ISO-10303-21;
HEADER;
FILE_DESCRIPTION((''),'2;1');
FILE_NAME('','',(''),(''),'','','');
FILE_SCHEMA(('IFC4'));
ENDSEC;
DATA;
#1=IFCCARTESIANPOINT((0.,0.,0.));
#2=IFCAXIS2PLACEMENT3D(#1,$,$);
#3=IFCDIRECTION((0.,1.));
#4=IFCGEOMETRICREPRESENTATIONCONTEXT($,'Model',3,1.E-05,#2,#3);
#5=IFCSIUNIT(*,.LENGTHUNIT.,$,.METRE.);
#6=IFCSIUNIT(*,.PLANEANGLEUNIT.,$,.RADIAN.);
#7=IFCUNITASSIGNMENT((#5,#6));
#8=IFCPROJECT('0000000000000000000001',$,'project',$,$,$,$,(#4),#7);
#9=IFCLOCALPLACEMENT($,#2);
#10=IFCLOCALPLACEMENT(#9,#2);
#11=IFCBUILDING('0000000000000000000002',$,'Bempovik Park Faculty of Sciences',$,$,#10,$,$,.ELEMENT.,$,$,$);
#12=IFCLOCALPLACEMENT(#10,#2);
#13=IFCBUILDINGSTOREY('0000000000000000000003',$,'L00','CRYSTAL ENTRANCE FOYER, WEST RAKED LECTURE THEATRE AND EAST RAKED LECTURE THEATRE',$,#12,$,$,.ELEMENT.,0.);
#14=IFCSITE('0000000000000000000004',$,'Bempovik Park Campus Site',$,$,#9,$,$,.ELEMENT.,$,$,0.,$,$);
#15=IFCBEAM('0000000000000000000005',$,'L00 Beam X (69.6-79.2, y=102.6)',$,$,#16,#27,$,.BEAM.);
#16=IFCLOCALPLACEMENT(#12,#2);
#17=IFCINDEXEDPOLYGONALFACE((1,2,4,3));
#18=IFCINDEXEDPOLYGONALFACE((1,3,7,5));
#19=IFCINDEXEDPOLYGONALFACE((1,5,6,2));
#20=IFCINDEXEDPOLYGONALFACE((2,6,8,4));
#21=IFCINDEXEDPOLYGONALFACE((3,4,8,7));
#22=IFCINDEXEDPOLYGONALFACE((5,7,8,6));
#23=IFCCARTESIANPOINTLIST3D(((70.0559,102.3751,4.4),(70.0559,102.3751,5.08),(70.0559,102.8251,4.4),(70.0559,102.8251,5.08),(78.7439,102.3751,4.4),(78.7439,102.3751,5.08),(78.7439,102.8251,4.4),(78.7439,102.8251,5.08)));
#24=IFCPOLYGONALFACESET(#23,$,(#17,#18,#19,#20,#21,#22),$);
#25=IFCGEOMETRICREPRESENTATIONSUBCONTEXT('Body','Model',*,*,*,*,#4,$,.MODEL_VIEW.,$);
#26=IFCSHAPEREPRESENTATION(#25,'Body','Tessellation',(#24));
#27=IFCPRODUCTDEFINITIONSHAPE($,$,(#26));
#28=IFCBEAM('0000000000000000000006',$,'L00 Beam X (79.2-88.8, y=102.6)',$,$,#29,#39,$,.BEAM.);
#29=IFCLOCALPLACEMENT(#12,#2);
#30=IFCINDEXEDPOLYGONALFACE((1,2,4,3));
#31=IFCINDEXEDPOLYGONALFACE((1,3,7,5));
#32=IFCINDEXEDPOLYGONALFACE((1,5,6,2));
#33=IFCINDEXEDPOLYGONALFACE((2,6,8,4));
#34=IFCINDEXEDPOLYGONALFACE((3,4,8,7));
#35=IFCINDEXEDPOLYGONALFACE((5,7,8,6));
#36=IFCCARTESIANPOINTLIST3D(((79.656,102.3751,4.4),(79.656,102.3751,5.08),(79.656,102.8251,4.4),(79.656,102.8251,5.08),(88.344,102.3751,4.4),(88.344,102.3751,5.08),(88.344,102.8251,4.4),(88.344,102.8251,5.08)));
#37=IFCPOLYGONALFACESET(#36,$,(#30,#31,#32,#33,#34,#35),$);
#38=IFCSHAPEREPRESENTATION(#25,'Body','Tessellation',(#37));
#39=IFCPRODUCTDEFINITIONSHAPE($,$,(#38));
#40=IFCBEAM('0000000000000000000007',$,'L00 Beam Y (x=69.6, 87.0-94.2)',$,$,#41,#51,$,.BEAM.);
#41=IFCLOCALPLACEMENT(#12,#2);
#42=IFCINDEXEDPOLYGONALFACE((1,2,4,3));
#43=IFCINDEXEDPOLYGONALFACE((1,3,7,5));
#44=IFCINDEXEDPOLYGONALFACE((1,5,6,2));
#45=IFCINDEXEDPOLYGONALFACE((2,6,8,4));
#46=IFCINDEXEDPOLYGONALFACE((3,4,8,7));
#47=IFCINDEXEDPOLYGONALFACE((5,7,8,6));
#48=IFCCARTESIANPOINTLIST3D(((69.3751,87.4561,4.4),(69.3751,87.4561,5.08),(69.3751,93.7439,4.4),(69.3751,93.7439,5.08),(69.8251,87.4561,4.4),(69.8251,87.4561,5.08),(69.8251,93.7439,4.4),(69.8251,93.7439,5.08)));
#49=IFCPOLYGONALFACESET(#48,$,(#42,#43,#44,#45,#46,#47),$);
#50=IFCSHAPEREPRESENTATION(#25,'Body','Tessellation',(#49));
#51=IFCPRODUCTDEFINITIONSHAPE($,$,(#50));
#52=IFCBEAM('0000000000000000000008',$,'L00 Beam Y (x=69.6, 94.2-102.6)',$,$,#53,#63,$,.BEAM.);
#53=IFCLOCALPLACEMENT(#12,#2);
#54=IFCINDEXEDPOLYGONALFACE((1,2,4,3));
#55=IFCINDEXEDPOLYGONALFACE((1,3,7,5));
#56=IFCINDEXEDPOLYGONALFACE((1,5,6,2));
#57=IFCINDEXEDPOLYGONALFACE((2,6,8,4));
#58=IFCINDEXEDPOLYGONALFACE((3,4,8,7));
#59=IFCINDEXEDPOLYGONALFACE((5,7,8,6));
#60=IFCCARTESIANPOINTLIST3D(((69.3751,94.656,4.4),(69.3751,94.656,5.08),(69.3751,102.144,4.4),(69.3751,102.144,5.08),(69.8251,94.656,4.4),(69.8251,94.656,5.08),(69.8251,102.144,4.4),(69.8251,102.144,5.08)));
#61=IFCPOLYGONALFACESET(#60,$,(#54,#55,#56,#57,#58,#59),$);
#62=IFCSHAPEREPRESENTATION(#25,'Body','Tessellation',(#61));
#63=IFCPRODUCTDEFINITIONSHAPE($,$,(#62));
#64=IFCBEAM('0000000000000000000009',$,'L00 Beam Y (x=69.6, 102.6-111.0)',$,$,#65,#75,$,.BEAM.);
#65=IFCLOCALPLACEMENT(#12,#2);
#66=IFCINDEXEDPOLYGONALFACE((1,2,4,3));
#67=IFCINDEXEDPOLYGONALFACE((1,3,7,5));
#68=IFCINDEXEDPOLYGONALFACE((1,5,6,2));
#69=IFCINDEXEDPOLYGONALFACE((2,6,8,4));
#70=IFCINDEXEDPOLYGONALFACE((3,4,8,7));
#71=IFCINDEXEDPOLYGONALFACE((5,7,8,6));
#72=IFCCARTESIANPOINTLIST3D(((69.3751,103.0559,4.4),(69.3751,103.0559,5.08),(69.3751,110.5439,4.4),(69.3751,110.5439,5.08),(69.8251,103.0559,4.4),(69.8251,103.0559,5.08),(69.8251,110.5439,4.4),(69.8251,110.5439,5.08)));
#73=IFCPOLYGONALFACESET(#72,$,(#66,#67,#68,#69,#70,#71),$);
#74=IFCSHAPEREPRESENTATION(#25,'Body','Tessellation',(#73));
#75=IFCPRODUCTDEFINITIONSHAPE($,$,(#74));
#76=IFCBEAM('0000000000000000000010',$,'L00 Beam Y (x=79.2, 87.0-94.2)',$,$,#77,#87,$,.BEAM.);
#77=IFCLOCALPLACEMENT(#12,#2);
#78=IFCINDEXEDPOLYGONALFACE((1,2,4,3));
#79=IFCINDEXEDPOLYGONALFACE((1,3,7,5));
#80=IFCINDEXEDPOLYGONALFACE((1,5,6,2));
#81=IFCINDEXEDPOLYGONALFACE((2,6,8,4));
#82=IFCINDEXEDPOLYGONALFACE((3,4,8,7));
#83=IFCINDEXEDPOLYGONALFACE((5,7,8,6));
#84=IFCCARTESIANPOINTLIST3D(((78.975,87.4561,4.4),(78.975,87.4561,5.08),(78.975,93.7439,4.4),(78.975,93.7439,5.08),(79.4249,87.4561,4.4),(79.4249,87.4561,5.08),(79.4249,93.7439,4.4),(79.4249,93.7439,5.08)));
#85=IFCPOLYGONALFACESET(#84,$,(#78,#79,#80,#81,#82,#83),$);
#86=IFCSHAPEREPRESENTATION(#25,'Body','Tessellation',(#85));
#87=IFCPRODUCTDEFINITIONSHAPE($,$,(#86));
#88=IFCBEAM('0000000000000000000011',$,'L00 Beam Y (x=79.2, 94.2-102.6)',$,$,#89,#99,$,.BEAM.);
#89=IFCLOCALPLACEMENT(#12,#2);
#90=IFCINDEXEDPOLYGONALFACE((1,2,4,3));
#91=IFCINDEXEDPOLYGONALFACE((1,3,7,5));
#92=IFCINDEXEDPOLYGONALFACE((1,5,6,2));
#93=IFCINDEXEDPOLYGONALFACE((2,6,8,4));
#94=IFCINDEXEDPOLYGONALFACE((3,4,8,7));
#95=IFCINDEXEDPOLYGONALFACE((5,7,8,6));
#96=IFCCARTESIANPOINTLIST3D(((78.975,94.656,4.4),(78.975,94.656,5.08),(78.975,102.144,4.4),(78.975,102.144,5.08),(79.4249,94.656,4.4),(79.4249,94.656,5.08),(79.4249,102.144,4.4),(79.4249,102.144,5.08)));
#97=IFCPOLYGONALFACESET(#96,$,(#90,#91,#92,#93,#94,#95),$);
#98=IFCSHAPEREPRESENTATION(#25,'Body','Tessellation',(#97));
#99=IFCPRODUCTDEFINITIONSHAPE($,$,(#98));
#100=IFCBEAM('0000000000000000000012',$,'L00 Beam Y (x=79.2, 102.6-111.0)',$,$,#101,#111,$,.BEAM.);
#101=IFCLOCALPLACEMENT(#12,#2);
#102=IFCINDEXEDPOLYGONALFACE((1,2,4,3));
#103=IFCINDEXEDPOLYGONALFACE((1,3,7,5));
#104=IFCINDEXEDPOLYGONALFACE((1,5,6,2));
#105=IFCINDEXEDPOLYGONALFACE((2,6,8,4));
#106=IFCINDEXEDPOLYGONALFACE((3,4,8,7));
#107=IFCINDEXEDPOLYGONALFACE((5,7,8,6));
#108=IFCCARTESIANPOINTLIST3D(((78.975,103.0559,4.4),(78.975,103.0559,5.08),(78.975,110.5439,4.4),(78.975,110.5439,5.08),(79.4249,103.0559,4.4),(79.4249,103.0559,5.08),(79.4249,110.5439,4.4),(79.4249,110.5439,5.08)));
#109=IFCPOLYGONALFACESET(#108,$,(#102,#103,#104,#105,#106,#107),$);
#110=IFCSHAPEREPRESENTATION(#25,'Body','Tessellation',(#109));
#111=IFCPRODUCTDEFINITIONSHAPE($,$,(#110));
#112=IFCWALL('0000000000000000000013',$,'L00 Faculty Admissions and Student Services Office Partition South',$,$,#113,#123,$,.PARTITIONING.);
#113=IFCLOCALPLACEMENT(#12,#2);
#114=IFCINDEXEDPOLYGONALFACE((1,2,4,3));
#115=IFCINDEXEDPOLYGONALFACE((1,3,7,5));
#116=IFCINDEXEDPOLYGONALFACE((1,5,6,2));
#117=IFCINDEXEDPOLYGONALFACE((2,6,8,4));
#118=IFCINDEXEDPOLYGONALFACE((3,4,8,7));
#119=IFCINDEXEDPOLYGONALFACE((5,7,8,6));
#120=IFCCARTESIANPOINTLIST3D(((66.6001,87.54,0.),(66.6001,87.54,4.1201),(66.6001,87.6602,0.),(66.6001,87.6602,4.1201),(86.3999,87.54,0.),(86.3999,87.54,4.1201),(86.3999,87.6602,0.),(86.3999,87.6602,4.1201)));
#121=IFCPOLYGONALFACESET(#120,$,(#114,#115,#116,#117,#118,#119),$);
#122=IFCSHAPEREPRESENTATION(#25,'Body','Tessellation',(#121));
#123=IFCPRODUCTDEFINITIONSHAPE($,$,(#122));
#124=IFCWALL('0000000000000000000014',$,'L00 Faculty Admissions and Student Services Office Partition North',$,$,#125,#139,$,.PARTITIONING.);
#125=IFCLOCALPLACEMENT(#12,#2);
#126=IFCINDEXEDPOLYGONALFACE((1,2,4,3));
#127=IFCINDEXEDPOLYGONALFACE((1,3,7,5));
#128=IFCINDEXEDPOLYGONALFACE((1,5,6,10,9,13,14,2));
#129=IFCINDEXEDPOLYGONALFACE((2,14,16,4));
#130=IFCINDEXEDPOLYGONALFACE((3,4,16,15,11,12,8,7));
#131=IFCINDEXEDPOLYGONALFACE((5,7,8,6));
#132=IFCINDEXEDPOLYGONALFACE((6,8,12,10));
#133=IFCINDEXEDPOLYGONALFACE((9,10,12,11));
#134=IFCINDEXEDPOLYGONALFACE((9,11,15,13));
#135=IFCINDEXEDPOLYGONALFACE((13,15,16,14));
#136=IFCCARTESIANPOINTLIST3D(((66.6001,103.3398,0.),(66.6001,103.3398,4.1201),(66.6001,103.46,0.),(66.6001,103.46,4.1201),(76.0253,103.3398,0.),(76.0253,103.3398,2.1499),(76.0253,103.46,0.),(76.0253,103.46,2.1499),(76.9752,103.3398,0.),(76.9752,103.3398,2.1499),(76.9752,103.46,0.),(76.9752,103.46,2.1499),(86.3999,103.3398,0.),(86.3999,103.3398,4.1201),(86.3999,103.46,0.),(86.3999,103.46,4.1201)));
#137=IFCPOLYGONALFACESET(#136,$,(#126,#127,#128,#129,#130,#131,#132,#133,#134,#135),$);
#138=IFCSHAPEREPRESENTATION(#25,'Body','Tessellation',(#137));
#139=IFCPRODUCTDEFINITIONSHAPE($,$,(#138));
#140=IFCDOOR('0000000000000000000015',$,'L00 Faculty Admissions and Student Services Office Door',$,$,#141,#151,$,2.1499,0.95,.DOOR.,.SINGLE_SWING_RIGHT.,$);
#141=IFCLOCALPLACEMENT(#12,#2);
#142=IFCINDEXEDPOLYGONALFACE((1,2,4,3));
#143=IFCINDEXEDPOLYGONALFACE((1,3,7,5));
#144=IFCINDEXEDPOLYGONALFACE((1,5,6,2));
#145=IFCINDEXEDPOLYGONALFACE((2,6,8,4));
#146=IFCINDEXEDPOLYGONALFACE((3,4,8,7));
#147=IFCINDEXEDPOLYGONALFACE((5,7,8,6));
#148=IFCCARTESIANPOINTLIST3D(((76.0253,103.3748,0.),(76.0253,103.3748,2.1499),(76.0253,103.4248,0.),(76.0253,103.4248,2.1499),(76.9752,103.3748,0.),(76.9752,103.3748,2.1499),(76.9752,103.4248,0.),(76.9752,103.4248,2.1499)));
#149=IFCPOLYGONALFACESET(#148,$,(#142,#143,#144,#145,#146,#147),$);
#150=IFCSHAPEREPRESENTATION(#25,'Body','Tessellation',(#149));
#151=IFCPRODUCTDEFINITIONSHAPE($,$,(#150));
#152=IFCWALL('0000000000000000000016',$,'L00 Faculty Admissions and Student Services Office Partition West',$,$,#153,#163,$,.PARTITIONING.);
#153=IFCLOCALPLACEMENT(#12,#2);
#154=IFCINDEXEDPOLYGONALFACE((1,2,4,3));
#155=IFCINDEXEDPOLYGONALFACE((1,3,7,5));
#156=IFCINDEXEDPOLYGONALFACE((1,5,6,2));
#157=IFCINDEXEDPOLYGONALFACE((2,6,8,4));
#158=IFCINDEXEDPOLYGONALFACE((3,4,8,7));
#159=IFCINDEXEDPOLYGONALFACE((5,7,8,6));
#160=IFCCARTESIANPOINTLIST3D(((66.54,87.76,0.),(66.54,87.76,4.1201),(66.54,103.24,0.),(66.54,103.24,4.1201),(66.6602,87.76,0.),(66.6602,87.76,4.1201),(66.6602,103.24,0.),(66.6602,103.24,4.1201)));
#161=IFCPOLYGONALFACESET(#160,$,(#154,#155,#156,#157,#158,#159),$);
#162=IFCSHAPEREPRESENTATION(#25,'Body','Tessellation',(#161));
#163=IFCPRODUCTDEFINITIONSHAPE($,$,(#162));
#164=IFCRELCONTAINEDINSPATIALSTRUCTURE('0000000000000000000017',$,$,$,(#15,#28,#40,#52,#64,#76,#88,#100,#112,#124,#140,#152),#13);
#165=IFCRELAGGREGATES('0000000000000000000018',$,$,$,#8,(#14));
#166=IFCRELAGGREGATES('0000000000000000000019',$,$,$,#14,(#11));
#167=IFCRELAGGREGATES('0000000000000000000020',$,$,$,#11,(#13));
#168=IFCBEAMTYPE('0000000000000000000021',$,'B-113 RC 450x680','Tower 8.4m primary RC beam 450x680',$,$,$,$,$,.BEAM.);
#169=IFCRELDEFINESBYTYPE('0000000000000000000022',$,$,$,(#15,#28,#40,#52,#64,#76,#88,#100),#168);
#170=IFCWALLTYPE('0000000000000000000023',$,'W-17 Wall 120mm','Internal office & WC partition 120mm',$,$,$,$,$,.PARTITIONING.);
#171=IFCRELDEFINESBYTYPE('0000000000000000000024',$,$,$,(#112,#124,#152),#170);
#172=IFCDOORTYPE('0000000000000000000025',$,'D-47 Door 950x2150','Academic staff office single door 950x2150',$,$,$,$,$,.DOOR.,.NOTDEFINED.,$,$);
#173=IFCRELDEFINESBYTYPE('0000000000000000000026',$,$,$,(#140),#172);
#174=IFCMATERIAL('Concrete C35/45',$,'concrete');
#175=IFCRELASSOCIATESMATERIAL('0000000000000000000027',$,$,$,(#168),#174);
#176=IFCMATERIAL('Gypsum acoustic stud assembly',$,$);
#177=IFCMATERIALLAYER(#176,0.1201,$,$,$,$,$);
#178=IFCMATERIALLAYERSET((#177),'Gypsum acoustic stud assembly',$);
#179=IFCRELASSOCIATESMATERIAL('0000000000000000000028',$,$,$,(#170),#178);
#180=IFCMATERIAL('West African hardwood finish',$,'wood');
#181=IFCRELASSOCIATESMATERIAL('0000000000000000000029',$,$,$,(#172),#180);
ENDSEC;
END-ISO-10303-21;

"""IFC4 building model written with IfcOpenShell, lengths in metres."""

from ifc_helpers import new_model, si_unit, direction, frame, frame_2d, origin, origin_2d, place, context, subcontext, project, spatial, rectangle, extrude, material, layer, layer_set, material_profile, profile_set, type_object, element, fill, save


model = new_model("IFC4")

# Units and contexts
model_context = context("Model", 3, precision=1e-05, world=origin(), true_north=direction((0.0, 1.0)))
body_context = subcontext(model_context, "Body", "Model", "MODEL_VIEW")
ifc_project = project(units=[si_unit("LENGTHUNIT", "METRE"), si_unit("PLANEANGLEUNIT", "RADIAN")], contexts=[model_context])

# Site, building, storey
site_placement = place(None, origin())
site = spatial("IfcSite", under=ifc_project, at=site_placement, Name="Bempovik Park Campus Site", CompositionType="ELEMENT", RefElevation=0.0)
building_placement = place(site_placement, origin())
building = spatial("IfcBuilding", under=site, at=building_placement, Name="Bempovik Park Faculty of Sciences", CompositionType="ELEMENT")
storey_placement = place(building_placement, origin())
storey = spatial("IfcBuildingStorey", under=building, at=storey_placement, Name="L00", Description="CRYSTAL ENTRANCE FOYER, WEST RAKED LECTURE THEATRE AND EAST RAKED LECTURE THEATRE", CompositionType="ELEMENT", Elevation=0.0)

# Beams
ifc_material_1 = material(Name="Concrete C35/45", Category="concrete")
ifc_material_profile_1 = material_profile(ifc_material_1, rectangle(XDim=0.45, YDim=0.6799, at=origin_2d()), Name="RC 450x680")
ifc_profile_set_1 = profile_set([ifc_material_profile_1], Name="Concrete C35/45")
beam_type_1 = type_object("IfcBeamType", Name="B-113 RC 450x680", Description="Tower 8.4m primary RC beam 450x680", PredefinedType="BEAM", material=ifc_profile_set_1)
for number, where, z_axis, x_axis, name in (
    (1, (70.0559, 102.6001, 4.74), (1.0, 0.0, 0.0), (0.0, 1.0, 0.0), "L00 Beam X (69.6-79.2, y=102.6)"),
    (2, (79.656, 102.6001, 4.74), (1.0, 0.0, 0.0), (0.0, 1.0, 0.0), "L00 Beam X (79.2-88.8, y=102.6)"),
):
    element("IfcBeam", number, at=place(storey_placement, frame(where, z_axis=z_axis, x_axis=x_axis)), inside=storey, type_object=beam_type_1, Name=name, PredefinedType="BEAM", context=body_context, shape_type="SweptSolid", body=[
        extrude(rectangle(XDim=0.45, YDim=0.6799, at=origin_2d()), origin(), (0.0, 0.0, 1.0), 8.688),
    ])
beam_1_placement = place(storey_placement, frame((69.6001, 87.4561, 4.74), z_axis=(0.0, 1.0, 0.0), x_axis=(-1.0, 0.0, 0.0)))
element("IfcBeam", 3, at=beam_1_placement, inside=storey, type_object=beam_type_1, Name="L00 Beam Y (x=69.6, 87.0-94.2)", PredefinedType="BEAM", context=body_context, shape_type="SweptSolid", body=[
    extrude(rectangle(XDim=0.45, YDim=0.6799, at=origin_2d()), origin(), (0.0, 0.0, 1.0), 6.2878),
])
for number, where, z_axis, x_axis, name in (
    (4, (69.6001, 94.656, 4.74), (0.0, 1.0, 0.0), (-1.0, 0.0, 0.0), "L00 Beam Y (x=69.6, 94.2-102.6)"),
    (5, (69.6001, 103.0559, 4.74), (0.0, 1.0, 0.0), (-1.0, 0.0, 0.0), "L00 Beam Y (x=69.6, 102.6-111.0)"),
):
    element("IfcBeam", number, at=place(storey_placement, frame(where, z_axis=z_axis, x_axis=x_axis)), inside=storey, type_object=beam_type_1, Name=name, PredefinedType="BEAM", context=body_context, shape_type="SweptSolid", body=[
        extrude(rectangle(XDim=0.45, YDim=0.6799, at=origin_2d()), origin(), (0.0, 0.0, 1.0), 7.488),
    ])
beam_2_placement = place(storey_placement, frame((79.2, 87.4561, 4.74), z_axis=(0.0, 1.0, 0.0), x_axis=(-1.0, 0.0, 0.0)))
element("IfcBeam", 6, at=beam_2_placement, inside=storey, type_object=beam_type_1, Name="L00 Beam Y (x=79.2, 87.0-94.2)", PredefinedType="BEAM", context=body_context, shape_type="SweptSolid", body=[
    extrude(rectangle(XDim=0.45, YDim=0.6799, at=origin_2d()), origin(), (0.0, 0.0, 1.0), 6.2878),
])
for number, where, z_axis, x_axis, name in (
    (7, (79.2, 94.656, 4.74), (0.0, 1.0, 0.0), (-1.0, 0.0, 0.0), "L00 Beam Y (x=79.2, 94.2-102.6)"),
    (8, (79.2, 103.0559, 4.74), (0.0, 1.0, 0.0), (-1.0, 0.0, 0.0), "L00 Beam Y (x=79.2, 102.6-111.0)"),
):
    element("IfcBeam", number, at=place(storey_placement, frame(where, z_axis=z_axis, x_axis=x_axis)), inside=storey, type_object=beam_type_1, Name=name, PredefinedType="BEAM", context=body_context, shape_type="SweptSolid", body=[
        extrude(rectangle(XDim=0.45, YDim=0.6799, at=origin_2d()), origin(), (0.0, 0.0, 1.0), 7.488),
    ])

# Wall
ifc_material_2 = material(Name="Gypsum acoustic stud assembly")
ifc_layer_1 = layer(ifc_material_2, 0.1201)
ifc_layer_set_1 = layer_set([ifc_layer_1], Name="Gypsum acoustic stud assembly")
wall_type_1 = type_object("IfcWallType", Name="W-17 Wall 120mm", Description="Internal office & WC partition 120mm", PredefinedType="PARTITIONING", material=ifc_layer_set_1)
wall_1_placement = place(storey_placement, frame((66.6001, 87.6001, 0.0), z_axis=(0.0, 0.0, 1.0), x_axis=(1.0, 0.0, 0.0)))
element("IfcWall", 9, at=wall_1_placement, inside=storey, type_object=wall_type_1, Name="L00 Faculty Admissions and Student Services Office Partition South", PredefinedType="PARTITIONING", context=body_context, shape_type="SweptSolid", body=[
    extrude(rectangle(XDim=19.7998, YDim=0.1201, at=frame_2d((9.8999, 0.0))), origin(), (0.0, 0.0, 1.0), 4.1201),
])

# Wall, opening, door
wall_2_placement = place(storey_placement, frame((66.6001, 103.3999, 0.0), z_axis=(0.0, 0.0, 1.0), x_axis=(1.0, 0.0, 0.0)))
wall_2 = element("IfcWall", 10, at=wall_2_placement, inside=storey, type_object=wall_type_1, Name="L00 Faculty Admissions and Student Services Office Partition North", PredefinedType="PARTITIONING", context=body_context, shape_type="SweptSolid", body=[
    extrude(rectangle(XDim=19.7998, YDim=0.1201, at=frame_2d((9.8999, 0.0))), origin(), (0.0, 0.0, 1.0), 4.1201),
])
opening_1_placement = place(wall_2_placement, frame((9.425, 0.0, 0.0)))
opening_1 = element("IfcOpeningElement", 11, at=opening_1_placement, cuts=wall_2, PredefinedType="OPENING", context=body_context, shape_type="SweptSolid", body=[
    extrude(rectangle(XDim=0.95, YDim=2.1499, at=frame_2d((0.4751, 1.075))), frame((0.0, 0.0701, 0.0), z_axis=(0.0, -1.0, 0.0), x_axis=(1.0, 0.0, 0.0)), (0.0, 0.0, 1.0), 0.1401),
])
ifc_material_3 = material(Name="West African hardwood finish", Category="wood")
door_type_1 = type_object("IfcDoorType", Name="D-47 Door 950x2150", Description="Academic staff office single door 950x2150", OperationType="NOTDEFINED", PredefinedType="DOOR", material=ifc_material_3)
door_1_placement = place(opening_1_placement, origin())
door_1 = element("IfcDoor", 12, at=door_1_placement, inside=storey, type_object=door_type_1, Name="L00 Faculty Admissions and Student Services Office Door", OperationType="SINGLE_SWING_RIGHT", OverallHeight=2.1499, OverallWidth=0.95, PredefinedType="DOOR", context=body_context, shape_type="SweptSolid", body=[
    extrude(rectangle(XDim=0.95, YDim=2.1499, at=frame_2d((0.4751, 1.075))), frame((0.0, 0.0249, 0.0), z_axis=(0.0, -1.0, 0.0), x_axis=(1.0, 0.0, 0.0)), (0.0, 0.0, 1.0), 0.05),
])
fill(opening_1, door_1)

# Wall
wall_3_placement = place(storey_placement, frame((66.6001, 87.76, 0.0), z_axis=(0.0, 0.0, 1.0), x_axis=(0.0, 1.0, 0.0)))
element("IfcWall", 13, at=wall_3_placement, inside=storey, type_object=wall_type_1, Name="L00 Faculty Admissions and Student Services Office Partition West", PredefinedType="PARTITIONING", context=body_context, shape_type="SweptSolid", body=[
    extrude(rectangle(XDim=15.48, YDim=0.1201, at=frame_2d((7.74, 0.0))), origin(), (0.0, 0.0, 1.0), 4.1201),
])

save(model, "model.ifc")
